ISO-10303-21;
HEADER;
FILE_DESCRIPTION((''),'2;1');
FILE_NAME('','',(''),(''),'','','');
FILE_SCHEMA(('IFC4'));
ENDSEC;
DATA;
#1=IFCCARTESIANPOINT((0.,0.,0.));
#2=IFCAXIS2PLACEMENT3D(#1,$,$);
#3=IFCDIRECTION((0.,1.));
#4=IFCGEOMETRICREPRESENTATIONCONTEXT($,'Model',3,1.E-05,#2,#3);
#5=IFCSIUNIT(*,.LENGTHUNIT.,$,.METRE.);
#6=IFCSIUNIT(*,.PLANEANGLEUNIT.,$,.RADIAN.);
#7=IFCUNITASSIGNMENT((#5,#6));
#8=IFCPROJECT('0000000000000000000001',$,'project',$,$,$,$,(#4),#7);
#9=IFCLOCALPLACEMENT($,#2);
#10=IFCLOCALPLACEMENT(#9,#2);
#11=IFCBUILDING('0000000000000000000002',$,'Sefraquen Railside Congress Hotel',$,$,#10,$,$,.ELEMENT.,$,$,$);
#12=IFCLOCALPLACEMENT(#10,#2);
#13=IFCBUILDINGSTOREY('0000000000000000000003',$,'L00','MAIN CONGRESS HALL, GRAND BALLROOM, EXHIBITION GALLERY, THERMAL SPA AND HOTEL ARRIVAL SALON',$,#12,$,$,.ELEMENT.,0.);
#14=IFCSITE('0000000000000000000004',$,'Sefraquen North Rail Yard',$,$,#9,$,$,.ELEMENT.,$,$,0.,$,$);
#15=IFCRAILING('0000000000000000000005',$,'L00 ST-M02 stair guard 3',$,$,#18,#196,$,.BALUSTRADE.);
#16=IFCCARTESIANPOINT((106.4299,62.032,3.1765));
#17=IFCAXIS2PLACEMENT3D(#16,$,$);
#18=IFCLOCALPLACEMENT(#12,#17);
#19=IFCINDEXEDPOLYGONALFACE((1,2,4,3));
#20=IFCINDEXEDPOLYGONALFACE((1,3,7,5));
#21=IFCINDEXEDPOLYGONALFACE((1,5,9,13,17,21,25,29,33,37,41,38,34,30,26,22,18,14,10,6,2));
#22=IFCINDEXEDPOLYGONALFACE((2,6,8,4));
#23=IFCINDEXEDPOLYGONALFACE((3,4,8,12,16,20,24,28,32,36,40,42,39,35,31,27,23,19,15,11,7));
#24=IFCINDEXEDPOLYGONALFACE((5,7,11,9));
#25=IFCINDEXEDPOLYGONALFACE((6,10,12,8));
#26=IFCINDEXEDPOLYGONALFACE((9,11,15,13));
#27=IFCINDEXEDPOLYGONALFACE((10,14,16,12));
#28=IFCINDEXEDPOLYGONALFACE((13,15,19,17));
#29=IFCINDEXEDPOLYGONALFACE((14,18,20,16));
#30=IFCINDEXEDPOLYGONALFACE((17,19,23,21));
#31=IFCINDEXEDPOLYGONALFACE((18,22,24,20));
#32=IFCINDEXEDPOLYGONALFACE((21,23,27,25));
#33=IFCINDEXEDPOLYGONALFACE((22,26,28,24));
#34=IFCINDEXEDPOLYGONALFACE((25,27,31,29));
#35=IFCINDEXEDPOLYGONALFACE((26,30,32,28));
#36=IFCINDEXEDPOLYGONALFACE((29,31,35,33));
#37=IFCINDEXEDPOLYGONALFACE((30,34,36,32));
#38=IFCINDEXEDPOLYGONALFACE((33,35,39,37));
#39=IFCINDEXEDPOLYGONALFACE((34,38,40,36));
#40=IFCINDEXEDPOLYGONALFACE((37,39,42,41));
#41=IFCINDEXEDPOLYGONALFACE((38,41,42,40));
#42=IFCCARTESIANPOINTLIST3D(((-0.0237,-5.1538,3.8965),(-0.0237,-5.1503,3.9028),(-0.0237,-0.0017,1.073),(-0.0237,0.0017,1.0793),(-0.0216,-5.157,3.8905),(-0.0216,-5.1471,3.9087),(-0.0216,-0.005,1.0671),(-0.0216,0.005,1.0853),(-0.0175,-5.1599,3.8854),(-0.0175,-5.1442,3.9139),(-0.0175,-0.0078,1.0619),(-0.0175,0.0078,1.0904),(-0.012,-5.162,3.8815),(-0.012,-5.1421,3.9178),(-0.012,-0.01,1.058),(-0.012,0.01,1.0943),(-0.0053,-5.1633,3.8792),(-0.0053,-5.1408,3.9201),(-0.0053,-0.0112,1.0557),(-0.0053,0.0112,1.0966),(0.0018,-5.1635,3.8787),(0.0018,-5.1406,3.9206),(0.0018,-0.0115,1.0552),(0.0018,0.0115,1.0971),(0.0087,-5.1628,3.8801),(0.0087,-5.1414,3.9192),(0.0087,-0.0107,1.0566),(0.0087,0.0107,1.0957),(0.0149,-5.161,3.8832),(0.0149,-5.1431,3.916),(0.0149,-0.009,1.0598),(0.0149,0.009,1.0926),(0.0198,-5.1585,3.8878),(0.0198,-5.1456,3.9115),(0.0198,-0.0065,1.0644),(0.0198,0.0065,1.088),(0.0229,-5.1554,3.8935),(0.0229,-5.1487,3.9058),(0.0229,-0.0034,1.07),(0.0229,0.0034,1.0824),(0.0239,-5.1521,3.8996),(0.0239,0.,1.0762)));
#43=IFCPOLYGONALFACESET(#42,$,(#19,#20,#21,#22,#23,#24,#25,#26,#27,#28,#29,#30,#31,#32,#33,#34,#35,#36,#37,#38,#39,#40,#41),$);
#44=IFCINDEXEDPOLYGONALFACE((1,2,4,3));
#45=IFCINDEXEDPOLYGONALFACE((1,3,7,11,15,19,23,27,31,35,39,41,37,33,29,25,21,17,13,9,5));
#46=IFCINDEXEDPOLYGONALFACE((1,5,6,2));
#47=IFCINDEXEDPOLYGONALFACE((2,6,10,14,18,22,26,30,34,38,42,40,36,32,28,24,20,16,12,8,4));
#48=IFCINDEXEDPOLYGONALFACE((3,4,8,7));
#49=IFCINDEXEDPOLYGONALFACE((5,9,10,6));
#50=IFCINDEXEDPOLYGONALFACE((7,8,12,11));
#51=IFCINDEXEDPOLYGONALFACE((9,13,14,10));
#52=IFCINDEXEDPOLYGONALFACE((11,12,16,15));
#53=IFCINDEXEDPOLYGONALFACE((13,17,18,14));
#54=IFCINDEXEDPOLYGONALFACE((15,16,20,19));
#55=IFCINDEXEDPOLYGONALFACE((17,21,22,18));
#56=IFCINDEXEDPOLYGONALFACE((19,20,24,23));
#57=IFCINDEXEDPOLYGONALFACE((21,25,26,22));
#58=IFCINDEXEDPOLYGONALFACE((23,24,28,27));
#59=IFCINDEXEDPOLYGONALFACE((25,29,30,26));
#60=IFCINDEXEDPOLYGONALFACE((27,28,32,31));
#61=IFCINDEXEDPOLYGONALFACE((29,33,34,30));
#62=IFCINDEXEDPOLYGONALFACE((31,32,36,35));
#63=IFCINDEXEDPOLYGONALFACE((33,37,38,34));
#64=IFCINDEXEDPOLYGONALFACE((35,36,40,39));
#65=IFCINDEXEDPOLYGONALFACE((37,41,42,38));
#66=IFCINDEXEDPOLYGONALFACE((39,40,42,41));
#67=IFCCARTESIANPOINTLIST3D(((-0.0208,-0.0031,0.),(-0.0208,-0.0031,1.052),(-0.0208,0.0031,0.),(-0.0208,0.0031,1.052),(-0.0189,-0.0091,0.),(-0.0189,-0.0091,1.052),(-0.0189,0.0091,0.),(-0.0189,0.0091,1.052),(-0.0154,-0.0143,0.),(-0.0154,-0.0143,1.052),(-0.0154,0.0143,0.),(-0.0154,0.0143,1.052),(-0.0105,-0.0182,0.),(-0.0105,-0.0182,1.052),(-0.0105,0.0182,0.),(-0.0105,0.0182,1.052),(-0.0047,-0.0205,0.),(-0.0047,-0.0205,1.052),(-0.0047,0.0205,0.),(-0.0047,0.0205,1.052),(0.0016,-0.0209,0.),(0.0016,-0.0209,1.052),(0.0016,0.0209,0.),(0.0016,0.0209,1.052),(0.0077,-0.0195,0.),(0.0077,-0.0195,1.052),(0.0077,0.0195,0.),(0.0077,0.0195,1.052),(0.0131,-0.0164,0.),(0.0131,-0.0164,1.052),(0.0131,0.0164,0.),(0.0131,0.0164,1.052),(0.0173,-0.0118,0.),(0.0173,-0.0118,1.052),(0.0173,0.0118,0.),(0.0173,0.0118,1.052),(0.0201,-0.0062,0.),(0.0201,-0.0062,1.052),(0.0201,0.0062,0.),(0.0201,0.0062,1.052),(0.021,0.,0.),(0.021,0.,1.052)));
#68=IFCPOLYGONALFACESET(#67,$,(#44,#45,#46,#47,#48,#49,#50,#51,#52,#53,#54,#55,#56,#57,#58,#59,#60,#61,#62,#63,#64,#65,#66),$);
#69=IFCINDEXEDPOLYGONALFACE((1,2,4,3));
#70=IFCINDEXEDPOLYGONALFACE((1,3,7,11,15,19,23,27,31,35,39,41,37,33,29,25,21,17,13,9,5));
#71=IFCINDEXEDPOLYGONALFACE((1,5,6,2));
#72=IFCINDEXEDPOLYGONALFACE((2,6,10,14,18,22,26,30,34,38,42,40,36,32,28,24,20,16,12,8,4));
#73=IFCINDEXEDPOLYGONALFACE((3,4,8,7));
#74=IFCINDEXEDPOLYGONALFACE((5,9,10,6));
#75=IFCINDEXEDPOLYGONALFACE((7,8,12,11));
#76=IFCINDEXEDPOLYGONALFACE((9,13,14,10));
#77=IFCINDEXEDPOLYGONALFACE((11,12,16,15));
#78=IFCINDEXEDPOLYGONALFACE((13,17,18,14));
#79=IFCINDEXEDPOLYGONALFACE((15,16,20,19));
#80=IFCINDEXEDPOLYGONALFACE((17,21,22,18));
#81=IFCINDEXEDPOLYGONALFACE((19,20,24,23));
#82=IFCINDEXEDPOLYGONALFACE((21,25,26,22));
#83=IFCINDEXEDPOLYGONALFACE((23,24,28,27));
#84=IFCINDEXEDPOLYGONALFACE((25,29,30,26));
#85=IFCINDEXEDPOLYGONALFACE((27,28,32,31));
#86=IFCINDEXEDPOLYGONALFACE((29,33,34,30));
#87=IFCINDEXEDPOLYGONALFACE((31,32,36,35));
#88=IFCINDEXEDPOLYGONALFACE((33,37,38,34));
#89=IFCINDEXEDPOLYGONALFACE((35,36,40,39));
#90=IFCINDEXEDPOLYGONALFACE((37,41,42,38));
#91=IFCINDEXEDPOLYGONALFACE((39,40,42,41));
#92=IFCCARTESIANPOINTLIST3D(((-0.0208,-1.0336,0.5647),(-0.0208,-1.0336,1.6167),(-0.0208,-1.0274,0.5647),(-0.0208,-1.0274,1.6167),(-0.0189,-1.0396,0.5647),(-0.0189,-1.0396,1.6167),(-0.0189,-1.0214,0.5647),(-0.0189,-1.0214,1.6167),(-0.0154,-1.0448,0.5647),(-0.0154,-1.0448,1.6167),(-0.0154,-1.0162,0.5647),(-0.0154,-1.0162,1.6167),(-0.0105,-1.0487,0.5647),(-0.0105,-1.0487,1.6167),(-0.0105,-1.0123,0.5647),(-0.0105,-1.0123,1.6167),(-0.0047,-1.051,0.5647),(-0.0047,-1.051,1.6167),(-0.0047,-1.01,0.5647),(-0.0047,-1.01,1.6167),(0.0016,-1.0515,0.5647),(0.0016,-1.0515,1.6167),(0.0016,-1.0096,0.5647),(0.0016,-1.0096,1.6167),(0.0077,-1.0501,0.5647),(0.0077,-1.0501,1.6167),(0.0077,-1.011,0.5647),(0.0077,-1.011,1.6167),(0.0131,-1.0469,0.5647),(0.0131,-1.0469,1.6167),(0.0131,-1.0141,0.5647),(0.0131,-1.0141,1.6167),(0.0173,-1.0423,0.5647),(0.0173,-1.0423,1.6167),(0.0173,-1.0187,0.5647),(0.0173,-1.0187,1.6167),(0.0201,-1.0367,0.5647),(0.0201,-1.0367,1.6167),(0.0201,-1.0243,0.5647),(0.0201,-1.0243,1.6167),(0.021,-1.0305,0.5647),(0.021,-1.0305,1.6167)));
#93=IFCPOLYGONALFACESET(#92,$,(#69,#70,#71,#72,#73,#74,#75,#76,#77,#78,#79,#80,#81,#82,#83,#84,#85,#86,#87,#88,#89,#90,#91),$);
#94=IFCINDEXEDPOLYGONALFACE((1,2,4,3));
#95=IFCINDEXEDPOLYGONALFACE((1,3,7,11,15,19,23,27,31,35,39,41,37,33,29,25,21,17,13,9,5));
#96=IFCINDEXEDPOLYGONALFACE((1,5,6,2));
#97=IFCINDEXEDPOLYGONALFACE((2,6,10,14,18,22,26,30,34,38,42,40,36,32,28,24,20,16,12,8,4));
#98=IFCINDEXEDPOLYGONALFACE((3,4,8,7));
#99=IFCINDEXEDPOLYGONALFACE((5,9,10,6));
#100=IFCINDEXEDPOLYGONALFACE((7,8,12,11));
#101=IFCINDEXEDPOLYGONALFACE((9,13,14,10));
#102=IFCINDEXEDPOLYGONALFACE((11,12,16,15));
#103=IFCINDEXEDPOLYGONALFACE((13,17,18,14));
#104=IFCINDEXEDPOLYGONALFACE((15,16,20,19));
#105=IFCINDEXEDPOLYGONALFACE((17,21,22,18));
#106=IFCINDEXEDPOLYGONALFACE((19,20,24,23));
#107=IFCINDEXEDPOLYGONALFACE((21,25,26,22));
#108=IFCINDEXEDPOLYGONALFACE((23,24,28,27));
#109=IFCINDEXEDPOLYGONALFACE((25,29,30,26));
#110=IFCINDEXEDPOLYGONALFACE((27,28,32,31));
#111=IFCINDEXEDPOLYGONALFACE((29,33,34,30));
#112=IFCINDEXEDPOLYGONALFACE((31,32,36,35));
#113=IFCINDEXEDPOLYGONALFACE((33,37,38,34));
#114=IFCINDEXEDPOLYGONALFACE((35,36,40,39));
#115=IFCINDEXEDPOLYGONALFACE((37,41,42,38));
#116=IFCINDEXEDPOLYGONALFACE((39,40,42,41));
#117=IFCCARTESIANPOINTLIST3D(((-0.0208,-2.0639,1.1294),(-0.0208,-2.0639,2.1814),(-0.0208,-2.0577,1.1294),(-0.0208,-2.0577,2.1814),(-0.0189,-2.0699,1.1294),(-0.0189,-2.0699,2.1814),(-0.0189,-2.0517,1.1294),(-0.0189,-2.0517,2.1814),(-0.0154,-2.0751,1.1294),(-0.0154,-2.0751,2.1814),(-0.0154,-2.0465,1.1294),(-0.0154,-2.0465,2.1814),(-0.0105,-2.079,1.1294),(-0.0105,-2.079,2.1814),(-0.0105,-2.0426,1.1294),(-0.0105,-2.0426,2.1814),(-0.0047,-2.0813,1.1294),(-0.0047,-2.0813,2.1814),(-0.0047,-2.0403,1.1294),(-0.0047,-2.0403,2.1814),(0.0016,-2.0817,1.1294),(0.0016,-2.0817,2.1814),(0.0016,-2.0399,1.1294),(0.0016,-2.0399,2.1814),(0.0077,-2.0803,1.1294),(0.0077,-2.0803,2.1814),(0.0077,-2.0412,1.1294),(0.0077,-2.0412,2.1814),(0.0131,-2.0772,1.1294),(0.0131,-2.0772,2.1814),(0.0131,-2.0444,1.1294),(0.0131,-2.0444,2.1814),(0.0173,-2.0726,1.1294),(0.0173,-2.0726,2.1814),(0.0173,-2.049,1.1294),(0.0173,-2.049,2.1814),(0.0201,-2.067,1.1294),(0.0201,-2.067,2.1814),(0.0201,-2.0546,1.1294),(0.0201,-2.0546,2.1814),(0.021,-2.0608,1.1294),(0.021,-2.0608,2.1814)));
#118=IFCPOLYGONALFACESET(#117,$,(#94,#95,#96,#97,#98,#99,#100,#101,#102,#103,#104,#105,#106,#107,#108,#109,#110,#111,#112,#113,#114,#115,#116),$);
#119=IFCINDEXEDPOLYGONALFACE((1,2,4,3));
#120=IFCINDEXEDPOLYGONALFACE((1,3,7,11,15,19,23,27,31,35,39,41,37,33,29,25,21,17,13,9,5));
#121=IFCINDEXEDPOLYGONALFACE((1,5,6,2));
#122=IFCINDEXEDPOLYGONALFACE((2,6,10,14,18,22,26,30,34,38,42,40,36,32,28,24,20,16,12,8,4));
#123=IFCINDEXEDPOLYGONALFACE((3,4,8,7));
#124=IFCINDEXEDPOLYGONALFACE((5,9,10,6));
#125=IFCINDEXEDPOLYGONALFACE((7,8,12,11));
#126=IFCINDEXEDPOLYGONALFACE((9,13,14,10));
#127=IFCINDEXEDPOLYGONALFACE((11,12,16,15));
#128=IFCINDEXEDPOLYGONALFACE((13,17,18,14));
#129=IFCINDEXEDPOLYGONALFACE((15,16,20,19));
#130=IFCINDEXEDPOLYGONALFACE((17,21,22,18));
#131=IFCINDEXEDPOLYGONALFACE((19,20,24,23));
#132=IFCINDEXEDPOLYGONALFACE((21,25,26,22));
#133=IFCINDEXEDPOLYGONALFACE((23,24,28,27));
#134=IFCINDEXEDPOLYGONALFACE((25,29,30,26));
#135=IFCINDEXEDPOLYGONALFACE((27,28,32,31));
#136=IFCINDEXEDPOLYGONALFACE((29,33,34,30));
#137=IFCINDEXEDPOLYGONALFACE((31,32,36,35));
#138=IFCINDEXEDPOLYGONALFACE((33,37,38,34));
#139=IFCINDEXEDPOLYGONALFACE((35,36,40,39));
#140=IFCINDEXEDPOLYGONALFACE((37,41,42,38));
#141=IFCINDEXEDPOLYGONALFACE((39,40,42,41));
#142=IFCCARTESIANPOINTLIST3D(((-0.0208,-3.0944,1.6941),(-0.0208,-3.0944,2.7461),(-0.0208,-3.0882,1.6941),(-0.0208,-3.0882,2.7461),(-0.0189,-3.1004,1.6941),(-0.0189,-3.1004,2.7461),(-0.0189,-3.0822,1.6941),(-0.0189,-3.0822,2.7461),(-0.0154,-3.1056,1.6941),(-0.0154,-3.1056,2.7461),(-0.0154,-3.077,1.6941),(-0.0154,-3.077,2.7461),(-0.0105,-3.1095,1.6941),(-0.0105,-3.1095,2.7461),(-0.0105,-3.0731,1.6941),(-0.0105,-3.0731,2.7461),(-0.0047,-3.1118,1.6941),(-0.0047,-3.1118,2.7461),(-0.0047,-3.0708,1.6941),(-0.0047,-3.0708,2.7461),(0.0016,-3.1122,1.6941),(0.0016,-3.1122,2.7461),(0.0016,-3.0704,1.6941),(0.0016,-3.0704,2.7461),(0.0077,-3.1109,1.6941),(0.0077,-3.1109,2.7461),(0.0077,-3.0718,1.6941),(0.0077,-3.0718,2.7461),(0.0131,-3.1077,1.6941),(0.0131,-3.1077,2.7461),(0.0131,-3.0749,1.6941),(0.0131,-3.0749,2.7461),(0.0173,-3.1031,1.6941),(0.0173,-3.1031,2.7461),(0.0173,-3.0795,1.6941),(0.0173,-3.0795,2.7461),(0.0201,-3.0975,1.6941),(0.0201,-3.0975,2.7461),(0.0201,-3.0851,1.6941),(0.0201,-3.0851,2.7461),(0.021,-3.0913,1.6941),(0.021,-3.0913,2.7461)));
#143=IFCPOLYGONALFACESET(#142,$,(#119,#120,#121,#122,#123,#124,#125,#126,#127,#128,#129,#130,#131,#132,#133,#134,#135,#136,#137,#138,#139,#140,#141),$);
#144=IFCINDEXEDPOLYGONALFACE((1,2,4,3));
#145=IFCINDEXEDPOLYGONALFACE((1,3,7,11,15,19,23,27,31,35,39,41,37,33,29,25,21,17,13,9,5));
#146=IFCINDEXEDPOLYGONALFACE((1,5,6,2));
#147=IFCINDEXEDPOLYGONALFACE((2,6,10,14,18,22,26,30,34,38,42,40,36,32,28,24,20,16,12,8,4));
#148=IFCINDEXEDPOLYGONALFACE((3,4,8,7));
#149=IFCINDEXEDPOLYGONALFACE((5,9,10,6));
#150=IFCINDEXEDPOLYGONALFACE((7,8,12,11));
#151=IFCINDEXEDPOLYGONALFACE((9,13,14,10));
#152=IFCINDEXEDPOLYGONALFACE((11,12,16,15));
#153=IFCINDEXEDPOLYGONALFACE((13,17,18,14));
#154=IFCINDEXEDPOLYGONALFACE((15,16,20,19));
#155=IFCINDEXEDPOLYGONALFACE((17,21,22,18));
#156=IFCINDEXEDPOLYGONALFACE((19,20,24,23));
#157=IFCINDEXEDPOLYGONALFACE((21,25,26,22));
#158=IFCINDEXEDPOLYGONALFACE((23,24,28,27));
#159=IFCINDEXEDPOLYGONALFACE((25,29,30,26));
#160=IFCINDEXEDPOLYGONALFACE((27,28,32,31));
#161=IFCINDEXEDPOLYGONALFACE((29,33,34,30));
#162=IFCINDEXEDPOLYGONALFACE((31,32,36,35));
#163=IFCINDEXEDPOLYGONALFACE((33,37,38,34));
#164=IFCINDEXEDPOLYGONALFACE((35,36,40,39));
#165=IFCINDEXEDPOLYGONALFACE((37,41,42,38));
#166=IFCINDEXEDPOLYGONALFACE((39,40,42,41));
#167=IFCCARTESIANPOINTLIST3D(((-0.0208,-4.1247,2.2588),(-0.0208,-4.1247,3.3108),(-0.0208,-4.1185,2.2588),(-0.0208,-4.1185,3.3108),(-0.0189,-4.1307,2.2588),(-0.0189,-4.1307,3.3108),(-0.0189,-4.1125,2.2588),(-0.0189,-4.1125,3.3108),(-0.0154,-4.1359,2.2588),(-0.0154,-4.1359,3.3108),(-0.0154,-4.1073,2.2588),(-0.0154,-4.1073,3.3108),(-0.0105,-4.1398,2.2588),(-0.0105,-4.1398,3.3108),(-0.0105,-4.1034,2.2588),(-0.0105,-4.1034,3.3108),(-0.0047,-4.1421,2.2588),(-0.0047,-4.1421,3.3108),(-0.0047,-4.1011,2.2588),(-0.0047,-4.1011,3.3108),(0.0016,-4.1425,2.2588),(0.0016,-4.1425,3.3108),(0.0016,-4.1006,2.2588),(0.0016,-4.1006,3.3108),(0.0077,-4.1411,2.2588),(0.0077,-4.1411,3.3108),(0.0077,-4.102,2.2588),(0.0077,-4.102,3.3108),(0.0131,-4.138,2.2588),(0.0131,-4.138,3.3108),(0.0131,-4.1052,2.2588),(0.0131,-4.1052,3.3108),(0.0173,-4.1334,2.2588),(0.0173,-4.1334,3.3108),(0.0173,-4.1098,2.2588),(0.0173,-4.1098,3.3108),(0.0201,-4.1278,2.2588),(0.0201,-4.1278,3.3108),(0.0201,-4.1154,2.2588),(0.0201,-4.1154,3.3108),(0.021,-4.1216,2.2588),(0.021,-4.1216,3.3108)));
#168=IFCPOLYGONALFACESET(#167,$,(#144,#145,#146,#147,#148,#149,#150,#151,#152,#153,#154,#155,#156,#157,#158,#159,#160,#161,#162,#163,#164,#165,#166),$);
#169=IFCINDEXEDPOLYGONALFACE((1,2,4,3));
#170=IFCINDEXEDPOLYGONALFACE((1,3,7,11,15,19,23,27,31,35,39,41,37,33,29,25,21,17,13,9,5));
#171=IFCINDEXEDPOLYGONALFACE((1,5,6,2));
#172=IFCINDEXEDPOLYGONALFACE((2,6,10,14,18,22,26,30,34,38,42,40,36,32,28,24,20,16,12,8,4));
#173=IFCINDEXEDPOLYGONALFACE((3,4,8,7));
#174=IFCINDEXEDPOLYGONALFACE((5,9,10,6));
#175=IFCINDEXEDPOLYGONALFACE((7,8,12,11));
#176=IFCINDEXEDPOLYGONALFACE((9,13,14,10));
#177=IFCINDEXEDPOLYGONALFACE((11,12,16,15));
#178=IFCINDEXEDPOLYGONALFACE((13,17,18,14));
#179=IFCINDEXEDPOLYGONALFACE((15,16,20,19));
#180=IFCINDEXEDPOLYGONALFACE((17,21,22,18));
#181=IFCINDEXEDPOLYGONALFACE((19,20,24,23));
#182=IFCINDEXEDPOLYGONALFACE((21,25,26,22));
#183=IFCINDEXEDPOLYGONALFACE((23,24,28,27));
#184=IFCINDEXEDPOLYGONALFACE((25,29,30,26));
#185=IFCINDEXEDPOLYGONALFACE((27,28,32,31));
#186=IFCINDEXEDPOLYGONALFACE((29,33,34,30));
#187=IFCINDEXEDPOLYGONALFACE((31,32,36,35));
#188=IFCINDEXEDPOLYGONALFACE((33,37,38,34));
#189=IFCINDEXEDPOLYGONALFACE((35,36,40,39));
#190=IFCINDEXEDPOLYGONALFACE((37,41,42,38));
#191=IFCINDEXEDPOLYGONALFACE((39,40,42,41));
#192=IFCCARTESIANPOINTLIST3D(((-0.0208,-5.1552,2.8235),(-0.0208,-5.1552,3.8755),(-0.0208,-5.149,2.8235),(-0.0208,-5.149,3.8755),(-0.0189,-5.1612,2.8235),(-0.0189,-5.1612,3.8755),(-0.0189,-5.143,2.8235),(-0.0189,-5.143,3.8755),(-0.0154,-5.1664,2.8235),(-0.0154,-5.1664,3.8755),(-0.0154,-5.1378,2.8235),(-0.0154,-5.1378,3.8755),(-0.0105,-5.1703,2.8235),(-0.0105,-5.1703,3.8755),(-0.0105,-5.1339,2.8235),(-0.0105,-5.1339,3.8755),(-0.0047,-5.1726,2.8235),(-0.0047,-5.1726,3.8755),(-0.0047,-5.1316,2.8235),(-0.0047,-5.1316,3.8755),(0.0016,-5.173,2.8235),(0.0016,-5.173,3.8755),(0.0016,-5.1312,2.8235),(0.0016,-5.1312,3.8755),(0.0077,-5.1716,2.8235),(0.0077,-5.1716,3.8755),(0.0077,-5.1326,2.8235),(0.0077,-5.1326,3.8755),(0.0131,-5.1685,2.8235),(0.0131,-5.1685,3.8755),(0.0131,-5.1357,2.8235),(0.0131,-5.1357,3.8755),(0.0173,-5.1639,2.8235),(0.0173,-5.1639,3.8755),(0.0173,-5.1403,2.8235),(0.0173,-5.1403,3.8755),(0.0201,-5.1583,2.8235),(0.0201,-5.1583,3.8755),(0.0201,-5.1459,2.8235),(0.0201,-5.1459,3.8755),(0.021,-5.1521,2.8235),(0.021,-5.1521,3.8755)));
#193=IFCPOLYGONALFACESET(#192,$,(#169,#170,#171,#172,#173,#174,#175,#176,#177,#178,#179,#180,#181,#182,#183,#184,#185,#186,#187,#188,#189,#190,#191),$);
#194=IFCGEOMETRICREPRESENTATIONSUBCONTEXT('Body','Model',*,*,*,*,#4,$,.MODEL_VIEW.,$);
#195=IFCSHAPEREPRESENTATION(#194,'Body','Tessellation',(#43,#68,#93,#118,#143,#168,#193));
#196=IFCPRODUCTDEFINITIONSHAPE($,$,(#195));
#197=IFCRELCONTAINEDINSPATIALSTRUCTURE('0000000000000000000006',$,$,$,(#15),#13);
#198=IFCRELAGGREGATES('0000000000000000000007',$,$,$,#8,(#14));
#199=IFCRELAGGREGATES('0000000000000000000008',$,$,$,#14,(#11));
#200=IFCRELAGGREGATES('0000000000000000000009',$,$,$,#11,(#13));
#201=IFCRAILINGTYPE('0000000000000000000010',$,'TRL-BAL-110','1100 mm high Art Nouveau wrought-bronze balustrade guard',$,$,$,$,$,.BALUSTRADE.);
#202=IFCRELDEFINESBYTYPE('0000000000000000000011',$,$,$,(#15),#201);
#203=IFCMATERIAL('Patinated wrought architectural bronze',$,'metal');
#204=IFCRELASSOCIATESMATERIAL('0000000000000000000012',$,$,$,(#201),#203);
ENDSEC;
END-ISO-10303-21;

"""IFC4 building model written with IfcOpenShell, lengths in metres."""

from ifc_helpers import new_model, si_unit, direction, frame, origin, origin_2d, place, context, subcontext, project, spatial, circle, extrude, material, type_object, element, save


model = new_model("IFC4")

# Units and contexts
model_context = context("Model", 3, precision=1e-05, world=origin(), true_north=direction((0.0, 1.0)))
body_context = subcontext(model_context, "Body", "Model", "MODEL_VIEW")
ifc_project = project(units=[si_unit("LENGTHUNIT", "METRE"), si_unit("PLANEANGLEUNIT", "RADIAN")], contexts=[model_context])

# Site, building, storey
site_placement = place(None, origin())
site = spatial("IfcSite", under=ifc_project, at=site_placement, Name="Sefraquen North Rail Yard", CompositionType="ELEMENT", RefElevation=0.0)
building_placement = place(site_placement, origin())
building = spatial("IfcBuilding", under=site, at=building_placement, Name="Sefraquen Railside Congress Hotel", CompositionType="ELEMENT")
storey_placement = place(building_placement, origin())
storey = spatial("IfcBuildingStorey", under=building, at=storey_placement, Name="L00", Description="MAIN CONGRESS HALL, GRAND BALLROOM, EXHIBITION GALLERY, THERMAL SPA AND HOTEL ARRIVAL SALON", CompositionType="ELEMENT", Elevation=0.0)

# Railing
ifc_material_1 = material(Name="Patinated wrought architectural bronze", Category="metal")
railing_type_1 = type_object("IfcRailingType", Name="TRL-BAL-110", Description="1100 mm high Art Nouveau wrought-bronze balustrade guard", PredefinedType="BALUSTRADE", material=ifc_material_1)
railing_1_placement = place(storey_placement, frame((106.4299, 62.032, 3.1765)))
element("IfcRailing", 1, at=railing_1_placement, inside=storey, type_object=railing_type_1, Name="L00 ST-M02 stair guard 3", PredefinedType="BALUSTRADE", context=body_context, shape_type="SweptSolid", body=[
    extrude(circle(Radius=0.0239, at=origin_2d()), frame((0.0, 0.0, 1.0762), z_axis=(0.0, -0.876946, 0.480589), x_axis=(1.0, 0.0, 0.0)), (0.0, 0.0, 1.0), 5.875),
    extrude(circle(Radius=0.021, at=origin_2d()), origin(), (0.0, 0.0, 1.0), 1.052),
    extrude(circle(Radius=0.021, at=origin_2d()), frame((0.0, -1.0305, 0.5647)), (0.0, 0.0, 1.0), 1.052),
    extrude(circle(Radius=0.021, at=origin_2d()), frame((0.0, -2.0608, 1.1294)), (0.0, 0.0, 1.0), 1.052),
    extrude(circle(Radius=0.021, at=origin_2d()), frame((0.0, -3.0913, 1.6941)), (0.0, 0.0, 1.0), 1.052),
    extrude(circle(Radius=0.021, at=origin_2d()), frame((0.0, -4.1216, 2.2588)), (0.0, 0.0, 1.0), 1.052),
    extrude(circle(Radius=0.021, at=origin_2d()), frame((0.0, -5.1521, 2.8235)), (0.0, 0.0, 1.0), 1.052),
])

save(model, "model.ifc")
